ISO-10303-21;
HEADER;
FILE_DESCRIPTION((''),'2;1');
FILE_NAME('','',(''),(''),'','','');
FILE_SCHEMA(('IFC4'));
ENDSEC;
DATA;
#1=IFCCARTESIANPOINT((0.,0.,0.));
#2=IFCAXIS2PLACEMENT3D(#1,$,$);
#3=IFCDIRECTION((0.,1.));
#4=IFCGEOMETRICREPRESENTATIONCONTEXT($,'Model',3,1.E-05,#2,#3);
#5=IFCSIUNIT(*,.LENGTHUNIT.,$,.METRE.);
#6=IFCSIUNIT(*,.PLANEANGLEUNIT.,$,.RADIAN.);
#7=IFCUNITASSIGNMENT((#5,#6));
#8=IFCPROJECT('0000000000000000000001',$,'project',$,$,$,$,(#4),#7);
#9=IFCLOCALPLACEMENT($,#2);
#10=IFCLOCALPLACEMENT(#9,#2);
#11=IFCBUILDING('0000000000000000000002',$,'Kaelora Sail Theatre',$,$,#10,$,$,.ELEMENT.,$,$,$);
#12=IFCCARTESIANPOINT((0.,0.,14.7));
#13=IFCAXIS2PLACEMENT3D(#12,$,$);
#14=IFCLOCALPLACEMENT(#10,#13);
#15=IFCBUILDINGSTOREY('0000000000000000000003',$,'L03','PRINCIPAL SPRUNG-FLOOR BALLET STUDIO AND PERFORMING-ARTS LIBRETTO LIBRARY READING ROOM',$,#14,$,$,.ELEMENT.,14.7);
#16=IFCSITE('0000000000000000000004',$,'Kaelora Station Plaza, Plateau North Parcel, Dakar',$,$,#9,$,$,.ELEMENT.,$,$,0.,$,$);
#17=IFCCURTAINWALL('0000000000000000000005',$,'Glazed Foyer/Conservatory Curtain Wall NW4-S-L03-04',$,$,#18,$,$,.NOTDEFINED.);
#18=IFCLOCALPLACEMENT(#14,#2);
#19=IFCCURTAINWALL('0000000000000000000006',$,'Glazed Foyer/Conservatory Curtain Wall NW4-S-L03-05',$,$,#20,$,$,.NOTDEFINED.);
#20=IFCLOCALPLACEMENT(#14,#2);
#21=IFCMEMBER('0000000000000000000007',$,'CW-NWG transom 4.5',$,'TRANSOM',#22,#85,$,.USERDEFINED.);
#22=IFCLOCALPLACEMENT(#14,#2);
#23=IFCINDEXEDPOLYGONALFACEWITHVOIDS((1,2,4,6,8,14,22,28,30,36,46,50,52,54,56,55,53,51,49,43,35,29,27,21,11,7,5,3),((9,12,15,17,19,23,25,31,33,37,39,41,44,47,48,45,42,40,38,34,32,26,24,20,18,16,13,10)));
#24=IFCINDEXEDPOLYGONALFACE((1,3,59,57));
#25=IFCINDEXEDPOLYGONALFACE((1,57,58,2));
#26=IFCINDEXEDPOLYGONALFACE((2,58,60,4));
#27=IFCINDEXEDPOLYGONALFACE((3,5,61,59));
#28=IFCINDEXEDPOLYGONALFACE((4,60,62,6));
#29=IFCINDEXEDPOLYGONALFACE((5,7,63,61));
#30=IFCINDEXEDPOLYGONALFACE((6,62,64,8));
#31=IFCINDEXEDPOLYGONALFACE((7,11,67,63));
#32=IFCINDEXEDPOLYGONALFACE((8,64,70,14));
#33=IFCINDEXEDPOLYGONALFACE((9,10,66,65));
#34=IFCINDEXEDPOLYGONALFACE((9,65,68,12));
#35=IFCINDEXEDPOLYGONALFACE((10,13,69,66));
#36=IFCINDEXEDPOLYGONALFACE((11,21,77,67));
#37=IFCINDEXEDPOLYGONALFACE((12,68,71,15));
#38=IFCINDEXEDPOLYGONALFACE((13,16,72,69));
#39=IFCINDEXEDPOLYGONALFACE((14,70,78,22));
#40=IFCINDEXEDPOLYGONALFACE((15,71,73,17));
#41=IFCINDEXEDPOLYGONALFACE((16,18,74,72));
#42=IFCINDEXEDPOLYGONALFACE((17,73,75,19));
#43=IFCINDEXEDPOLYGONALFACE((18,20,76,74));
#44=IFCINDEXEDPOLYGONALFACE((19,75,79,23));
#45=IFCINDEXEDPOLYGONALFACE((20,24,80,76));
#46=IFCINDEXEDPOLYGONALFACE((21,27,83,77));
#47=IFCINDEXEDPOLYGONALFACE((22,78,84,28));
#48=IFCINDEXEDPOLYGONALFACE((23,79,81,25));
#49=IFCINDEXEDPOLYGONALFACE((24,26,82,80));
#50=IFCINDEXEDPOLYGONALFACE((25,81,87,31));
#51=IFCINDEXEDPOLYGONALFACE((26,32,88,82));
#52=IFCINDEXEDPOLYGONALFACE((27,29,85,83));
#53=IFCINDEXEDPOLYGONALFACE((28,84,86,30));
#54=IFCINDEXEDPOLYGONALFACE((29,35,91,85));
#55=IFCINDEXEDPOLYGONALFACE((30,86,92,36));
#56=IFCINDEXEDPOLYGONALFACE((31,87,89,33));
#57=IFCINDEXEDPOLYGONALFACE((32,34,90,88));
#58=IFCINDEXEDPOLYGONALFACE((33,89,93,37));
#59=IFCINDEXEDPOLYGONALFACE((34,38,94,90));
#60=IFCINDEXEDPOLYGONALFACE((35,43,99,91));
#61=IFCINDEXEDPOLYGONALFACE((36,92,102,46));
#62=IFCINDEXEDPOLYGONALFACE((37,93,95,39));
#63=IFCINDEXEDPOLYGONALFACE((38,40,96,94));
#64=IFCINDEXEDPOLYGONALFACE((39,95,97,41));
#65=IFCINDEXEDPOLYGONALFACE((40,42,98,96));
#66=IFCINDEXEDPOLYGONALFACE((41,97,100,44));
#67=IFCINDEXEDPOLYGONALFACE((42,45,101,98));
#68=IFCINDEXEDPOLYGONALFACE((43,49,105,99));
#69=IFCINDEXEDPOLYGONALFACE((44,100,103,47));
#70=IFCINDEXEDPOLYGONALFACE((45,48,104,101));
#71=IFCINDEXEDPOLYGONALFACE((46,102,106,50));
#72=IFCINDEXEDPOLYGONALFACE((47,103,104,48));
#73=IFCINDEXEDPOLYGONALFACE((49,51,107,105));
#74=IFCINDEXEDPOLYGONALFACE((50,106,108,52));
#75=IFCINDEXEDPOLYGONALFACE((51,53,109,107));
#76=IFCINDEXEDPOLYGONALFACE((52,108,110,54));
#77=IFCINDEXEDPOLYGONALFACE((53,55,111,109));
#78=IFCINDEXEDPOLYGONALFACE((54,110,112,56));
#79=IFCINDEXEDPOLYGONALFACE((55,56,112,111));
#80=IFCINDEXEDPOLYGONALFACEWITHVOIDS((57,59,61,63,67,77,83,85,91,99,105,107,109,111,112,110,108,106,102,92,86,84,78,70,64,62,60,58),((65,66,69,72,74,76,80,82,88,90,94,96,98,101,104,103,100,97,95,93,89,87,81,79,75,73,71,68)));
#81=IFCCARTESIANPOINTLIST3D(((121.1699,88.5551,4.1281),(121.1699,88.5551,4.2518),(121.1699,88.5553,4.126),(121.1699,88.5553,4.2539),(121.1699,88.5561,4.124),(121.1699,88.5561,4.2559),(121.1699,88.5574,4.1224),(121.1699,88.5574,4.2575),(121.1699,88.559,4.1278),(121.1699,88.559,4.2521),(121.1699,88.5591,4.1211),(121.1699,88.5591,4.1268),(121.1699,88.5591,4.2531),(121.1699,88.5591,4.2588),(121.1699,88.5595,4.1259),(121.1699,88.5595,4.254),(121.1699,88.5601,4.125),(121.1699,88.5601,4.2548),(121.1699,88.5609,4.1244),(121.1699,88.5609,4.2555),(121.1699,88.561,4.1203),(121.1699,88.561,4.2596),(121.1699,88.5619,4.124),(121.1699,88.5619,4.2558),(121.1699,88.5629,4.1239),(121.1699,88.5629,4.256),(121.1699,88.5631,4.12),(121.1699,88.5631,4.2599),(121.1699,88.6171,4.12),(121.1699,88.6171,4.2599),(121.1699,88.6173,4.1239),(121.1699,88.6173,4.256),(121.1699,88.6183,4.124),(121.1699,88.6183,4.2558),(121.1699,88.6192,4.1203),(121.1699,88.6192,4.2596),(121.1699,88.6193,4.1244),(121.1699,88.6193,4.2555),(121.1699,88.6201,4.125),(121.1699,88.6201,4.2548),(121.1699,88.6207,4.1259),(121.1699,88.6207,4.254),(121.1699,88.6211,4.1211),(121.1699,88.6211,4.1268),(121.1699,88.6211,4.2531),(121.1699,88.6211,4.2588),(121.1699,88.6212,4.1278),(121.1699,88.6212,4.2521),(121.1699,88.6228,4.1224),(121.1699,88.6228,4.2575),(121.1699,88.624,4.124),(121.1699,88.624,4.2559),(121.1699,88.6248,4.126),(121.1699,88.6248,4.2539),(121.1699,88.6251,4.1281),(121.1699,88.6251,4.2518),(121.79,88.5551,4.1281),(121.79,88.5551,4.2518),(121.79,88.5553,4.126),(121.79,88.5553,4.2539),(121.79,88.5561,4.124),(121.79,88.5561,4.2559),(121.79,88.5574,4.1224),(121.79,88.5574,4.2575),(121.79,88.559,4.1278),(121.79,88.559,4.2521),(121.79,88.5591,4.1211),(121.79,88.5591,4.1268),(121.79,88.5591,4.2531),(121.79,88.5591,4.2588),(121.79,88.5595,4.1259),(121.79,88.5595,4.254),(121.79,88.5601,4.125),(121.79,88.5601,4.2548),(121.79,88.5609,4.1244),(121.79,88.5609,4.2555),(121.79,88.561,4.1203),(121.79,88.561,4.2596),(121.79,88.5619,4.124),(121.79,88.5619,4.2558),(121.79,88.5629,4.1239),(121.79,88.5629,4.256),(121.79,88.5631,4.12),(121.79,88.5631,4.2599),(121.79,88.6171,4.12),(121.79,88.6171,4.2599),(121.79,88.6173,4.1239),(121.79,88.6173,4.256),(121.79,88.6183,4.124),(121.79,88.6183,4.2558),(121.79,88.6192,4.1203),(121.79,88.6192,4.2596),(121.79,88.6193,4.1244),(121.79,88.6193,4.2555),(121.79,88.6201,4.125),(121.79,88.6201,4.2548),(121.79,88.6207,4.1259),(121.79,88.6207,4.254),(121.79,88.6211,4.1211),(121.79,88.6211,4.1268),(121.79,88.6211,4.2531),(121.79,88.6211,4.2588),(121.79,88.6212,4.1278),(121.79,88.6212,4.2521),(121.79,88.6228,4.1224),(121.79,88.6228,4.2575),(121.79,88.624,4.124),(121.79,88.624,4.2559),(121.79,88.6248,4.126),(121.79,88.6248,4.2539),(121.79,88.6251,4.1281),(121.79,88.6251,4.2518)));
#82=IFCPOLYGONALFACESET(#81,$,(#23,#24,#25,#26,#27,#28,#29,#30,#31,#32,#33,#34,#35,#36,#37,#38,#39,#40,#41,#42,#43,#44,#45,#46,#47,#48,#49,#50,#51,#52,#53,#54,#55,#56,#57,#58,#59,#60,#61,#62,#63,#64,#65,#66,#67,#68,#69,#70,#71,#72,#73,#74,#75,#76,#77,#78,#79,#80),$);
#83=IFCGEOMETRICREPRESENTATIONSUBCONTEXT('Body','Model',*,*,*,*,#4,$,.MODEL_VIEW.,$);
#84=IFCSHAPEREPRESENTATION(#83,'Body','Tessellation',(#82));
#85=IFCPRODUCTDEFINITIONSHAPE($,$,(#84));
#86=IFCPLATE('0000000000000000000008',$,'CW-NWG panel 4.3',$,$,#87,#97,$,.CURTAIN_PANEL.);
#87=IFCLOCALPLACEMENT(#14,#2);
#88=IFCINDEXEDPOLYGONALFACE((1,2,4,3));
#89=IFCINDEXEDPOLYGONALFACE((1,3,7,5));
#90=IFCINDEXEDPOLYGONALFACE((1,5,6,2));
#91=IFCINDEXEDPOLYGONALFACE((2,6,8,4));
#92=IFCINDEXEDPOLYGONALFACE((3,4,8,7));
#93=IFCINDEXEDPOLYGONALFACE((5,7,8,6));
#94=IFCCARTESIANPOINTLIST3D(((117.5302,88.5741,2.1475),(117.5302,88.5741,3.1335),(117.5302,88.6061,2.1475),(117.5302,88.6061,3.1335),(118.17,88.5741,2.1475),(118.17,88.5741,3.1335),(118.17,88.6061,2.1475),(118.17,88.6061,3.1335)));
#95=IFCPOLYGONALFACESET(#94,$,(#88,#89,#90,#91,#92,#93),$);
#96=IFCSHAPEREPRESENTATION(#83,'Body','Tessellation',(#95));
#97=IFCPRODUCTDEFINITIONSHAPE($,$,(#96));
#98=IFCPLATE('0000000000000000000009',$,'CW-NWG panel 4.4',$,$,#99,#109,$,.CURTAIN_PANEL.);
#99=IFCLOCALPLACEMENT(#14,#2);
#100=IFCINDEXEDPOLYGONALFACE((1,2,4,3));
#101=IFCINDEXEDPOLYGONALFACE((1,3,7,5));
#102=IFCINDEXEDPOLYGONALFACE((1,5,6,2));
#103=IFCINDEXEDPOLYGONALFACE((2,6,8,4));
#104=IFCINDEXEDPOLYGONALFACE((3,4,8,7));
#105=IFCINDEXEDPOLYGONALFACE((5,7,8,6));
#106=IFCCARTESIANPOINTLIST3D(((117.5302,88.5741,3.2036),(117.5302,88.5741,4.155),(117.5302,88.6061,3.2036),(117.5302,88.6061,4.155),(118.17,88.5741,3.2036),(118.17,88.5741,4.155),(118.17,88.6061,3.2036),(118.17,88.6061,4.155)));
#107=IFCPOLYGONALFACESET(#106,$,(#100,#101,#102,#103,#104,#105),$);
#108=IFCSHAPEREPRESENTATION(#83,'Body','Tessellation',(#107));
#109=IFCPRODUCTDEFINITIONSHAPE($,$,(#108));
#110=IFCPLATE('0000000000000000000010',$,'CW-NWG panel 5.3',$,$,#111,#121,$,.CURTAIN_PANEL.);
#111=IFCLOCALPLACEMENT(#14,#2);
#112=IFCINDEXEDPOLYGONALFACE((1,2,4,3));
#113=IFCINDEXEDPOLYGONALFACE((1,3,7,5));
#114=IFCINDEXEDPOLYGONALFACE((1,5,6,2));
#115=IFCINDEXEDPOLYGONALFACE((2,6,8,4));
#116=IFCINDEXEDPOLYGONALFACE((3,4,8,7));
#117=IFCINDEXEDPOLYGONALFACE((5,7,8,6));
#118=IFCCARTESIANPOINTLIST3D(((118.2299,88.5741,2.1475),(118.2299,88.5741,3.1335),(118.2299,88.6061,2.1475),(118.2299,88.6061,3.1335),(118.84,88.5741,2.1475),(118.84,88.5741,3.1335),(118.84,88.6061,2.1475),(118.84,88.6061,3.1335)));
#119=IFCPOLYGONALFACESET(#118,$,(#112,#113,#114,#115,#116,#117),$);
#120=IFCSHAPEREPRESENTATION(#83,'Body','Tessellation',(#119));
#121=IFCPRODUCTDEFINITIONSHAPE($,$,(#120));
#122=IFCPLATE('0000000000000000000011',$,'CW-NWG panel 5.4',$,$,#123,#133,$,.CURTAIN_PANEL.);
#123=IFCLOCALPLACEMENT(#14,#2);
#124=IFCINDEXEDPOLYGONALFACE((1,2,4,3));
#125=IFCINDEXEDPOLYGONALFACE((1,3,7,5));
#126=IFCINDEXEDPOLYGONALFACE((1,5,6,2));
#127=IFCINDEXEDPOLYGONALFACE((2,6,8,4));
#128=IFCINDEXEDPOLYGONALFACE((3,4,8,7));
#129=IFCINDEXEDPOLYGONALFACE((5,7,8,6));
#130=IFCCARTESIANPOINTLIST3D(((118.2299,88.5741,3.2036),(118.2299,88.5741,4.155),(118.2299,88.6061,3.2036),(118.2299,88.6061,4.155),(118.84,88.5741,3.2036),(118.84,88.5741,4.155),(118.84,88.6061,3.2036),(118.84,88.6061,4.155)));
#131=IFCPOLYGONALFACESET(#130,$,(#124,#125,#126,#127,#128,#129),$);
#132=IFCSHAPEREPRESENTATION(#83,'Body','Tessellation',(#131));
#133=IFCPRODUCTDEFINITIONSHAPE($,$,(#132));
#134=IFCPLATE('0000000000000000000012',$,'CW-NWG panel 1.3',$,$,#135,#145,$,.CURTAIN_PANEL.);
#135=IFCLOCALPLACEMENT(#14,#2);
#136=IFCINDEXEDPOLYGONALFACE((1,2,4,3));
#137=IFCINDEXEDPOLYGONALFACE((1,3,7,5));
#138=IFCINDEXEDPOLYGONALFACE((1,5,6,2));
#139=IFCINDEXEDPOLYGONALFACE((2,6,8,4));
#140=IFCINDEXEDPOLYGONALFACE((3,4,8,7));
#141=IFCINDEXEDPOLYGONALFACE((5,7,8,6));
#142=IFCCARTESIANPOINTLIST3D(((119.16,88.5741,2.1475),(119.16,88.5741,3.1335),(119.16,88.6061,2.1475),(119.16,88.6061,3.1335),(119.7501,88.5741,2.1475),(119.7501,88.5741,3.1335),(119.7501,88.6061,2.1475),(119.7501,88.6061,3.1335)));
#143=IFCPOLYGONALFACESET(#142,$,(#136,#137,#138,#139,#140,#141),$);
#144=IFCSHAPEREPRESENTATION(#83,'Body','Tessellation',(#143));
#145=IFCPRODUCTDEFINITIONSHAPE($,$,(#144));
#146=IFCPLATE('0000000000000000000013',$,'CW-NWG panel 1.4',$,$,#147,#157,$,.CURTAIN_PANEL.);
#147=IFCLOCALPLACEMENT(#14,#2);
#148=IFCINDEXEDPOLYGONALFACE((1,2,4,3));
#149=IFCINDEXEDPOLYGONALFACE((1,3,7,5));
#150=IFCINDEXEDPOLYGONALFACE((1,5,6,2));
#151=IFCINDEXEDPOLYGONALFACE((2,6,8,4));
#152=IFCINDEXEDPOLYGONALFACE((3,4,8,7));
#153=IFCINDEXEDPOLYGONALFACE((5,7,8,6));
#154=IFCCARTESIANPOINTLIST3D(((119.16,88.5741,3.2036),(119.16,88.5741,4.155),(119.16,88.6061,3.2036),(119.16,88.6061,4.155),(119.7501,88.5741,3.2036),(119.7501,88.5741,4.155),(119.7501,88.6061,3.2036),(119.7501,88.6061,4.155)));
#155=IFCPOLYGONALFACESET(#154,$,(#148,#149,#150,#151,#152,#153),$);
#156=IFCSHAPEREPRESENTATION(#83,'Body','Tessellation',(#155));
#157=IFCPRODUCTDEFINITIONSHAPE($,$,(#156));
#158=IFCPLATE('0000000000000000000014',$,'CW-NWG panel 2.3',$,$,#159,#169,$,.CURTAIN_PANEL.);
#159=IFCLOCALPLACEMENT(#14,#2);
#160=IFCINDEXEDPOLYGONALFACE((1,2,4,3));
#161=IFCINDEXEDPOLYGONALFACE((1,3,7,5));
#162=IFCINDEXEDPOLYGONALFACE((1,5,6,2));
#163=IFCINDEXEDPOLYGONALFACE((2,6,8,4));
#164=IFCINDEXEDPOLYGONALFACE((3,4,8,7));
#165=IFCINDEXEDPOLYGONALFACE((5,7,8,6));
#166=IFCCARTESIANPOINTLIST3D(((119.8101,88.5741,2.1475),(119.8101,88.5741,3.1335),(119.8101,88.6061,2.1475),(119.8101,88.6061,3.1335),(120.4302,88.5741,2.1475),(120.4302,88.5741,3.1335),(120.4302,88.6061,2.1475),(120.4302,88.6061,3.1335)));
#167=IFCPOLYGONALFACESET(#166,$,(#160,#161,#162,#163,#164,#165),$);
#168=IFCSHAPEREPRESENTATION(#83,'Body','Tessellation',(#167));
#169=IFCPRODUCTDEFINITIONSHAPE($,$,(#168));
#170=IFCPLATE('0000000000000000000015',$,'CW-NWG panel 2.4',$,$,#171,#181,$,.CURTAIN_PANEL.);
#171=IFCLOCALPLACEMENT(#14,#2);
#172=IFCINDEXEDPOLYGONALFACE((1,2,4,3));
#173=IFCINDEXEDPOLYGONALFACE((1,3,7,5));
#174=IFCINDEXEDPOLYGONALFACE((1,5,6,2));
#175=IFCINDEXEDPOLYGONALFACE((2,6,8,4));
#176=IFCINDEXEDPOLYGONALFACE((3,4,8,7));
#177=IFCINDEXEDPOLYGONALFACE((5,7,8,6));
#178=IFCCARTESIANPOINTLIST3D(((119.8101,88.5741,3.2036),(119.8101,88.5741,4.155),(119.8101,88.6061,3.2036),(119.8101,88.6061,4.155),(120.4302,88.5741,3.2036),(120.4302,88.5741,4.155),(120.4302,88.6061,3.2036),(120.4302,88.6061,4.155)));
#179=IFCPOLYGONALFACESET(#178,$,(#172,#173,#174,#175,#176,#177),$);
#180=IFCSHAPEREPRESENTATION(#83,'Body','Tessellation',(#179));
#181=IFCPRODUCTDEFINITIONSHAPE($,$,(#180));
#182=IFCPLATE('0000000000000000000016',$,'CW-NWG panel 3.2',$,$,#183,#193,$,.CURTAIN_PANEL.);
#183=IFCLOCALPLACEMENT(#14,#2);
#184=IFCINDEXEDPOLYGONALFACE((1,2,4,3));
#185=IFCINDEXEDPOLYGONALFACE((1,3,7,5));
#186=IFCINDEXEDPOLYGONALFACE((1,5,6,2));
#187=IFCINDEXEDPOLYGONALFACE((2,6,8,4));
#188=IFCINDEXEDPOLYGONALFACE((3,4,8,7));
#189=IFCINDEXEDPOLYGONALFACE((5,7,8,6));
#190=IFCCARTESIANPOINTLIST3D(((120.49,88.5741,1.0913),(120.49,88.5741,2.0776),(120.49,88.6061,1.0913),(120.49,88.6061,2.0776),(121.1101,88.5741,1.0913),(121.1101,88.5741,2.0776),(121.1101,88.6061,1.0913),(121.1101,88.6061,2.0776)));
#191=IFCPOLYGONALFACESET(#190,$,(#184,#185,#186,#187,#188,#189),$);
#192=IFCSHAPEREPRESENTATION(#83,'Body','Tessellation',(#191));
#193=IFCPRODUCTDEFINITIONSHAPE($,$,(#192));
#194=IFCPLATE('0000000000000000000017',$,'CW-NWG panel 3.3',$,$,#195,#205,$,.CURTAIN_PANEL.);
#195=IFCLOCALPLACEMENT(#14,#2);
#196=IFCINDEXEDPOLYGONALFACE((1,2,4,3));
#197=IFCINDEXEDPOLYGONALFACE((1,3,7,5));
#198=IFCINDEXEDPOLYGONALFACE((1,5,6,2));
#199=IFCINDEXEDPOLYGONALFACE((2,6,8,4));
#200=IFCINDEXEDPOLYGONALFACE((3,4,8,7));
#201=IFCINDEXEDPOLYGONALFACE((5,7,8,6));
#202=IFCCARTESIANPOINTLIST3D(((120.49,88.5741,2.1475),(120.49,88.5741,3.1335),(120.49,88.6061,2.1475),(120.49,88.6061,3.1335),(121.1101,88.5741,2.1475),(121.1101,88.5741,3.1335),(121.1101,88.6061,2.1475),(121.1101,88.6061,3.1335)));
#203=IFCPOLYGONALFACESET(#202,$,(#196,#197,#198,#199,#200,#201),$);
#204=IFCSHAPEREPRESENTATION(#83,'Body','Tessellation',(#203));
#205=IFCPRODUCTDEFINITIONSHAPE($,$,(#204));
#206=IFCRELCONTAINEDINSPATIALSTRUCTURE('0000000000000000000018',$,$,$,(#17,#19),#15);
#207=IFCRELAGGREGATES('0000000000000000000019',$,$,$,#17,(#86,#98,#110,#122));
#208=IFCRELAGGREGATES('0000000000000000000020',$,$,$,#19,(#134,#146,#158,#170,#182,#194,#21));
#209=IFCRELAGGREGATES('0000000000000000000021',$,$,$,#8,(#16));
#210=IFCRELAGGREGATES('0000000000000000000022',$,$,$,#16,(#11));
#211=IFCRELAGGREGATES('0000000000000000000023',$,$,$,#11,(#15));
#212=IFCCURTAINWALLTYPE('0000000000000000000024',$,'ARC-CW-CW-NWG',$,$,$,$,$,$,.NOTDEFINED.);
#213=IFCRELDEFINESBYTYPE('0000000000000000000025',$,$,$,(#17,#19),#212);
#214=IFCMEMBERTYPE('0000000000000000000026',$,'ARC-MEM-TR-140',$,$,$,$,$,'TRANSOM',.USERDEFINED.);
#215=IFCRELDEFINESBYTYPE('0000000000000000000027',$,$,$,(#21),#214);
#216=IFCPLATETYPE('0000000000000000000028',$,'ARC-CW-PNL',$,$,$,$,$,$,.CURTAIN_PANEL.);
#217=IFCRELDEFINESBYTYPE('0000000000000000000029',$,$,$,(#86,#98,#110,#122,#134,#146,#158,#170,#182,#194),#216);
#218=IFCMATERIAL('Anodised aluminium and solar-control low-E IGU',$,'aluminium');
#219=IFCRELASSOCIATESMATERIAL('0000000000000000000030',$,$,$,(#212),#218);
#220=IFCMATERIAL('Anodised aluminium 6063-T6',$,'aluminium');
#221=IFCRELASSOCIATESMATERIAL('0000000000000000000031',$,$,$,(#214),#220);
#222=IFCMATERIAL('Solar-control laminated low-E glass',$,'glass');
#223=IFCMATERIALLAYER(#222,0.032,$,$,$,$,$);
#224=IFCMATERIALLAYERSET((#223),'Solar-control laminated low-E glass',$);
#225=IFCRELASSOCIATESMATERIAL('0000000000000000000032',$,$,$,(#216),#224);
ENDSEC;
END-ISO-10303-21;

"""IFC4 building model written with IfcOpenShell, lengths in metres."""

from ifc_helpers import new_model, si_unit, direction, frame, origin, origin_2d, place, context, subcontext, project, spatial, rectangle, hollow_rectangle, extrude, material, layer, layer_set, material_profile, profile_set, type_object, element, aggregate, save


model = new_model("IFC4")

# Units and contexts
model_context = context("Model", 3, precision=1e-05, world=origin(), true_north=direction((0.0, 1.0)))
body_context = subcontext(model_context, "Body", "Model", "MODEL_VIEW")
ifc_project = project(units=[si_unit("LENGTHUNIT", "METRE"), si_unit("PLANEANGLEUNIT", "RADIAN")], contexts=[model_context])

# Site, building, storey
site_placement = place(None, origin())
site = spatial("IfcSite", under=ifc_project, at=site_placement, Name="Kaelora Station Plaza, Plateau North Parcel, Dakar", CompositionType="ELEMENT", RefElevation=0.0)
building_placement = place(site_placement, origin())
building = spatial("IfcBuilding", under=site, at=building_placement, Name="Kaelora Sail Theatre", CompositionType="ELEMENT")
storey_placement = place(building_placement, frame((0.0, 0.0, 14.7)))
storey = spatial("IfcBuildingStorey", under=building, at=storey_placement, Name="L03", Description="PRINCIPAL SPRUNG-FLOOR BALLET STUDIO AND PERFORMING-ARTS LIBRETTO LIBRARY READING ROOM", CompositionType="ELEMENT", Elevation=14.7)

# Curtain walls, member
ifc_material_1 = material(Name="Anodised aluminium and solar-control low-E IGU", Category="aluminium")
curtain_wall_type = type_object("IfcCurtainWallType", Name="ARC-CW-CW-NWG", PredefinedType="NOTDEFINED", material=ifc_material_1)
curtain_wall_1_placement = place(storey_placement, origin())
curtain_wall_1 = element("IfcCurtainWall", 1, at=curtain_wall_1_placement, inside=storey, type_object=curtain_wall_type, Name="Glazed Foyer/Conservatory Curtain Wall NW4-S-L03-04", PredefinedType="NOTDEFINED")
ifc_material_2 = material(Name="Anodised aluminium 6063-T6", Category="aluminium")
ifc_material_profile = material_profile(ifc_material_2, hollow_rectangle(XDim=0.0701, YDim=0.1399, WallThickness=0.0039, InnerFilletRadius=0.0039, OuterFilletRadius=0.0081, at=origin_2d()), Name="ALU-TRAN 70x140x4")
ifc_profile_set = profile_set([ifc_material_profile], Name="Anodised aluminium 6063-T6")
member_type = type_object("IfcMemberType", Name="ARC-MEM-TR-140", ElementType="TRANSOM", PredefinedType="USERDEFINED", material=ifc_profile_set)
curtain_wall_2_placement = place(storey_placement, origin())
curtain_wall_2 = element("IfcCurtainWall", 2, at=curtain_wall_2_placement, inside=storey, type_object=curtain_wall_type, Name="Glazed Foyer/Conservatory Curtain Wall NW4-S-L03-05", PredefinedType="NOTDEFINED")
member_1_placement = place(storey_placement, frame((121.1699, 88.5901, 4.1899), z_axis=(1.0, 0.0, 0.0), x_axis=(0.0, 1.0, 0.0)))
member_1 = element("IfcMember", 3, at=member_1_placement, type_object=member_type, Name="CW-NWG transom 4.5", ObjectType="TRANSOM", PredefinedType="USERDEFINED", context=body_context, shape_type="SweptSolid", body=[
    extrude(hollow_rectangle(XDim=0.0701, YDim=0.1399, WallThickness=0.0039, InnerFilletRadius=0.0039, OuterFilletRadius=0.0081, at=origin_2d()), origin(), (0.0, 0.0, 1.0), 0.6201),
])

# Plates
ifc_material_3 = material(Name="Solar-control laminated low-E glass", Category="glass")
ifc_layer = layer(ifc_material_3, 0.032)
ifc_layer_set = layer_set([ifc_layer], Name="Solar-control laminated low-E glass")
plate_type = type_object("IfcPlateType", Name="ARC-CW-PNL", PredefinedType="CURTAIN_PANEL", material=ifc_layer_set)
plate_1_placement = place(storey_placement, frame((117.8501, 88.5901, 2.1475), z_axis=(0.0, 0.0, 1.0), x_axis=(1.0, 0.0, 0.0)))
plate_1 = element("IfcPlate", 4, at=plate_1_placement, type_object=plate_type, Name="CW-NWG panel 4.3", PredefinedType="CURTAIN_PANEL", context=body_context, shape_type="SweptSolid", body=[
    extrude(rectangle(XDim=0.6399, YDim=0.032, at=origin_2d()), origin(), (0.0, 0.0, 1.0), 0.9861),
])
plate_2_placement = place(storey_placement, frame((117.8501, 88.5901, 3.2036), z_axis=(0.0, 0.0, 1.0), x_axis=(1.0, 0.0, 0.0)))
plate_2 = element("IfcPlate", 5, at=plate_2_placement, type_object=plate_type, Name="CW-NWG panel 4.4", PredefinedType="CURTAIN_PANEL", context=body_context, shape_type="SweptSolid", body=[
    extrude(rectangle(XDim=0.6399, YDim=0.032, at=origin_2d()), origin(), (0.0, 0.0, 1.0), 0.9514),
])
plate_3_placement = place(storey_placement, frame((118.5349, 88.5901, 2.1475), z_axis=(0.0, 0.0, 1.0), x_axis=(1.0, 0.0, 0.0)))
plate_3 = element("IfcPlate", 6, at=plate_3_placement, type_object=plate_type, Name="CW-NWG panel 5.3", PredefinedType="CURTAIN_PANEL", context=body_context, shape_type="SweptSolid", body=[
    extrude(rectangle(XDim=0.6101, YDim=0.032, at=origin_2d()), origin(), (0.0, 0.0, 1.0), 0.9861),
])
plate_4_placement = place(storey_placement, frame((118.5349, 88.5901, 3.2036), z_axis=(0.0, 0.0, 1.0), x_axis=(1.0, 0.0, 0.0)))
plate_4 = element("IfcPlate", 7, at=plate_4_placement, type_object=plate_type, Name="CW-NWG panel 5.4", PredefinedType="CURTAIN_PANEL", context=body_context, shape_type="SweptSolid", body=[
    extrude(rectangle(XDim=0.6101, YDim=0.032, at=origin_2d()), origin(), (0.0, 0.0, 1.0), 0.9514),
])
aggregate(curtain_wall_1, [plate_1, plate_2, plate_3, plate_4])
plate_5_placement = place(storey_placement, frame((119.4551, 88.5901, 2.1475), z_axis=(0.0, 0.0, 1.0), x_axis=(1.0, 0.0, 0.0)))
plate_5 = element("IfcPlate", 8, at=plate_5_placement, type_object=plate_type, Name="CW-NWG panel 1.3", PredefinedType="CURTAIN_PANEL", context=body_context, shape_type="SweptSolid", body=[
    extrude(rectangle(XDim=0.5901, YDim=0.032, at=origin_2d()), origin(), (0.0, 0.0, 1.0), 0.9861),
])
plate_6_placement = place(storey_placement, frame((119.4551, 88.5901, 3.2036), z_axis=(0.0, 0.0, 1.0), x_axis=(1.0, 0.0, 0.0)))
plate_6 = element("IfcPlate", 9, at=plate_6_placement, type_object=plate_type, Name="CW-NWG panel 1.4", PredefinedType="CURTAIN_PANEL", context=body_context, shape_type="SweptSolid", body=[
    extrude(rectangle(XDim=0.5901, YDim=0.032, at=origin_2d()), origin(), (0.0, 0.0, 1.0), 0.9514),
])
plate_7_placement = place(storey_placement, frame((120.1201, 88.5901, 2.1475), z_axis=(0.0, 0.0, 1.0), x_axis=(1.0, 0.0, 0.0)))
plate_7 = element("IfcPlate", 10, at=plate_7_placement, type_object=plate_type, Name="CW-NWG panel 2.3", PredefinedType="CURTAIN_PANEL", context=body_context, shape_type="SweptSolid", body=[
    extrude(rectangle(XDim=0.6201, YDim=0.032, at=origin_2d()), origin(), (0.0, 0.0, 1.0), 0.9861),
])
plate_8_placement = place(storey_placement, frame((120.1201, 88.5901, 3.2036), z_axis=(0.0, 0.0, 1.0), x_axis=(1.0, 0.0, 0.0)))
plate_8 = element("IfcPlate", 11, at=plate_8_placement, type_object=plate_type, Name="CW-NWG panel 2.4", PredefinedType="CURTAIN_PANEL", context=body_context, shape_type="SweptSolid", body=[
    extrude(rectangle(XDim=0.6201, YDim=0.032, at=origin_2d()), origin(), (0.0, 0.0, 1.0), 0.9514),
])
plate_9_placement = place(storey_placement, frame((120.8, 88.5901, 1.0913), z_axis=(0.0, 0.0, 1.0), x_axis=(1.0, 0.0, 0.0)))
plate_9 = element("IfcPlate", 12, at=plate_9_placement, type_object=plate_type, Name="CW-NWG panel 3.2", PredefinedType="CURTAIN_PANEL", context=body_context, shape_type="SweptSolid", body=[
    extrude(rectangle(XDim=0.6201, YDim=0.032, at=origin_2d()), origin(), (0.0, 0.0, 1.0), 0.9863),
])
plate_10_placement = place(storey_placement, frame((120.8, 88.5901, 2.1475), z_axis=(0.0, 0.0, 1.0), x_axis=(1.0, 0.0, 0.0)))
plate_10 = element("IfcPlate", 13, at=plate_10_placement, type_object=plate_type, Name="CW-NWG panel 3.3", PredefinedType="CURTAIN_PANEL", context=body_context, shape_type="SweptSolid", body=[
    extrude(rectangle(XDim=0.6201, YDim=0.032, at=origin_2d()), origin(), (0.0, 0.0, 1.0), 0.9861),
])
aggregate(curtain_wall_2, [plate_5, plate_6, plate_7, plate_8, plate_9, plate_10, member_1])

save(model, "model.ifc")
